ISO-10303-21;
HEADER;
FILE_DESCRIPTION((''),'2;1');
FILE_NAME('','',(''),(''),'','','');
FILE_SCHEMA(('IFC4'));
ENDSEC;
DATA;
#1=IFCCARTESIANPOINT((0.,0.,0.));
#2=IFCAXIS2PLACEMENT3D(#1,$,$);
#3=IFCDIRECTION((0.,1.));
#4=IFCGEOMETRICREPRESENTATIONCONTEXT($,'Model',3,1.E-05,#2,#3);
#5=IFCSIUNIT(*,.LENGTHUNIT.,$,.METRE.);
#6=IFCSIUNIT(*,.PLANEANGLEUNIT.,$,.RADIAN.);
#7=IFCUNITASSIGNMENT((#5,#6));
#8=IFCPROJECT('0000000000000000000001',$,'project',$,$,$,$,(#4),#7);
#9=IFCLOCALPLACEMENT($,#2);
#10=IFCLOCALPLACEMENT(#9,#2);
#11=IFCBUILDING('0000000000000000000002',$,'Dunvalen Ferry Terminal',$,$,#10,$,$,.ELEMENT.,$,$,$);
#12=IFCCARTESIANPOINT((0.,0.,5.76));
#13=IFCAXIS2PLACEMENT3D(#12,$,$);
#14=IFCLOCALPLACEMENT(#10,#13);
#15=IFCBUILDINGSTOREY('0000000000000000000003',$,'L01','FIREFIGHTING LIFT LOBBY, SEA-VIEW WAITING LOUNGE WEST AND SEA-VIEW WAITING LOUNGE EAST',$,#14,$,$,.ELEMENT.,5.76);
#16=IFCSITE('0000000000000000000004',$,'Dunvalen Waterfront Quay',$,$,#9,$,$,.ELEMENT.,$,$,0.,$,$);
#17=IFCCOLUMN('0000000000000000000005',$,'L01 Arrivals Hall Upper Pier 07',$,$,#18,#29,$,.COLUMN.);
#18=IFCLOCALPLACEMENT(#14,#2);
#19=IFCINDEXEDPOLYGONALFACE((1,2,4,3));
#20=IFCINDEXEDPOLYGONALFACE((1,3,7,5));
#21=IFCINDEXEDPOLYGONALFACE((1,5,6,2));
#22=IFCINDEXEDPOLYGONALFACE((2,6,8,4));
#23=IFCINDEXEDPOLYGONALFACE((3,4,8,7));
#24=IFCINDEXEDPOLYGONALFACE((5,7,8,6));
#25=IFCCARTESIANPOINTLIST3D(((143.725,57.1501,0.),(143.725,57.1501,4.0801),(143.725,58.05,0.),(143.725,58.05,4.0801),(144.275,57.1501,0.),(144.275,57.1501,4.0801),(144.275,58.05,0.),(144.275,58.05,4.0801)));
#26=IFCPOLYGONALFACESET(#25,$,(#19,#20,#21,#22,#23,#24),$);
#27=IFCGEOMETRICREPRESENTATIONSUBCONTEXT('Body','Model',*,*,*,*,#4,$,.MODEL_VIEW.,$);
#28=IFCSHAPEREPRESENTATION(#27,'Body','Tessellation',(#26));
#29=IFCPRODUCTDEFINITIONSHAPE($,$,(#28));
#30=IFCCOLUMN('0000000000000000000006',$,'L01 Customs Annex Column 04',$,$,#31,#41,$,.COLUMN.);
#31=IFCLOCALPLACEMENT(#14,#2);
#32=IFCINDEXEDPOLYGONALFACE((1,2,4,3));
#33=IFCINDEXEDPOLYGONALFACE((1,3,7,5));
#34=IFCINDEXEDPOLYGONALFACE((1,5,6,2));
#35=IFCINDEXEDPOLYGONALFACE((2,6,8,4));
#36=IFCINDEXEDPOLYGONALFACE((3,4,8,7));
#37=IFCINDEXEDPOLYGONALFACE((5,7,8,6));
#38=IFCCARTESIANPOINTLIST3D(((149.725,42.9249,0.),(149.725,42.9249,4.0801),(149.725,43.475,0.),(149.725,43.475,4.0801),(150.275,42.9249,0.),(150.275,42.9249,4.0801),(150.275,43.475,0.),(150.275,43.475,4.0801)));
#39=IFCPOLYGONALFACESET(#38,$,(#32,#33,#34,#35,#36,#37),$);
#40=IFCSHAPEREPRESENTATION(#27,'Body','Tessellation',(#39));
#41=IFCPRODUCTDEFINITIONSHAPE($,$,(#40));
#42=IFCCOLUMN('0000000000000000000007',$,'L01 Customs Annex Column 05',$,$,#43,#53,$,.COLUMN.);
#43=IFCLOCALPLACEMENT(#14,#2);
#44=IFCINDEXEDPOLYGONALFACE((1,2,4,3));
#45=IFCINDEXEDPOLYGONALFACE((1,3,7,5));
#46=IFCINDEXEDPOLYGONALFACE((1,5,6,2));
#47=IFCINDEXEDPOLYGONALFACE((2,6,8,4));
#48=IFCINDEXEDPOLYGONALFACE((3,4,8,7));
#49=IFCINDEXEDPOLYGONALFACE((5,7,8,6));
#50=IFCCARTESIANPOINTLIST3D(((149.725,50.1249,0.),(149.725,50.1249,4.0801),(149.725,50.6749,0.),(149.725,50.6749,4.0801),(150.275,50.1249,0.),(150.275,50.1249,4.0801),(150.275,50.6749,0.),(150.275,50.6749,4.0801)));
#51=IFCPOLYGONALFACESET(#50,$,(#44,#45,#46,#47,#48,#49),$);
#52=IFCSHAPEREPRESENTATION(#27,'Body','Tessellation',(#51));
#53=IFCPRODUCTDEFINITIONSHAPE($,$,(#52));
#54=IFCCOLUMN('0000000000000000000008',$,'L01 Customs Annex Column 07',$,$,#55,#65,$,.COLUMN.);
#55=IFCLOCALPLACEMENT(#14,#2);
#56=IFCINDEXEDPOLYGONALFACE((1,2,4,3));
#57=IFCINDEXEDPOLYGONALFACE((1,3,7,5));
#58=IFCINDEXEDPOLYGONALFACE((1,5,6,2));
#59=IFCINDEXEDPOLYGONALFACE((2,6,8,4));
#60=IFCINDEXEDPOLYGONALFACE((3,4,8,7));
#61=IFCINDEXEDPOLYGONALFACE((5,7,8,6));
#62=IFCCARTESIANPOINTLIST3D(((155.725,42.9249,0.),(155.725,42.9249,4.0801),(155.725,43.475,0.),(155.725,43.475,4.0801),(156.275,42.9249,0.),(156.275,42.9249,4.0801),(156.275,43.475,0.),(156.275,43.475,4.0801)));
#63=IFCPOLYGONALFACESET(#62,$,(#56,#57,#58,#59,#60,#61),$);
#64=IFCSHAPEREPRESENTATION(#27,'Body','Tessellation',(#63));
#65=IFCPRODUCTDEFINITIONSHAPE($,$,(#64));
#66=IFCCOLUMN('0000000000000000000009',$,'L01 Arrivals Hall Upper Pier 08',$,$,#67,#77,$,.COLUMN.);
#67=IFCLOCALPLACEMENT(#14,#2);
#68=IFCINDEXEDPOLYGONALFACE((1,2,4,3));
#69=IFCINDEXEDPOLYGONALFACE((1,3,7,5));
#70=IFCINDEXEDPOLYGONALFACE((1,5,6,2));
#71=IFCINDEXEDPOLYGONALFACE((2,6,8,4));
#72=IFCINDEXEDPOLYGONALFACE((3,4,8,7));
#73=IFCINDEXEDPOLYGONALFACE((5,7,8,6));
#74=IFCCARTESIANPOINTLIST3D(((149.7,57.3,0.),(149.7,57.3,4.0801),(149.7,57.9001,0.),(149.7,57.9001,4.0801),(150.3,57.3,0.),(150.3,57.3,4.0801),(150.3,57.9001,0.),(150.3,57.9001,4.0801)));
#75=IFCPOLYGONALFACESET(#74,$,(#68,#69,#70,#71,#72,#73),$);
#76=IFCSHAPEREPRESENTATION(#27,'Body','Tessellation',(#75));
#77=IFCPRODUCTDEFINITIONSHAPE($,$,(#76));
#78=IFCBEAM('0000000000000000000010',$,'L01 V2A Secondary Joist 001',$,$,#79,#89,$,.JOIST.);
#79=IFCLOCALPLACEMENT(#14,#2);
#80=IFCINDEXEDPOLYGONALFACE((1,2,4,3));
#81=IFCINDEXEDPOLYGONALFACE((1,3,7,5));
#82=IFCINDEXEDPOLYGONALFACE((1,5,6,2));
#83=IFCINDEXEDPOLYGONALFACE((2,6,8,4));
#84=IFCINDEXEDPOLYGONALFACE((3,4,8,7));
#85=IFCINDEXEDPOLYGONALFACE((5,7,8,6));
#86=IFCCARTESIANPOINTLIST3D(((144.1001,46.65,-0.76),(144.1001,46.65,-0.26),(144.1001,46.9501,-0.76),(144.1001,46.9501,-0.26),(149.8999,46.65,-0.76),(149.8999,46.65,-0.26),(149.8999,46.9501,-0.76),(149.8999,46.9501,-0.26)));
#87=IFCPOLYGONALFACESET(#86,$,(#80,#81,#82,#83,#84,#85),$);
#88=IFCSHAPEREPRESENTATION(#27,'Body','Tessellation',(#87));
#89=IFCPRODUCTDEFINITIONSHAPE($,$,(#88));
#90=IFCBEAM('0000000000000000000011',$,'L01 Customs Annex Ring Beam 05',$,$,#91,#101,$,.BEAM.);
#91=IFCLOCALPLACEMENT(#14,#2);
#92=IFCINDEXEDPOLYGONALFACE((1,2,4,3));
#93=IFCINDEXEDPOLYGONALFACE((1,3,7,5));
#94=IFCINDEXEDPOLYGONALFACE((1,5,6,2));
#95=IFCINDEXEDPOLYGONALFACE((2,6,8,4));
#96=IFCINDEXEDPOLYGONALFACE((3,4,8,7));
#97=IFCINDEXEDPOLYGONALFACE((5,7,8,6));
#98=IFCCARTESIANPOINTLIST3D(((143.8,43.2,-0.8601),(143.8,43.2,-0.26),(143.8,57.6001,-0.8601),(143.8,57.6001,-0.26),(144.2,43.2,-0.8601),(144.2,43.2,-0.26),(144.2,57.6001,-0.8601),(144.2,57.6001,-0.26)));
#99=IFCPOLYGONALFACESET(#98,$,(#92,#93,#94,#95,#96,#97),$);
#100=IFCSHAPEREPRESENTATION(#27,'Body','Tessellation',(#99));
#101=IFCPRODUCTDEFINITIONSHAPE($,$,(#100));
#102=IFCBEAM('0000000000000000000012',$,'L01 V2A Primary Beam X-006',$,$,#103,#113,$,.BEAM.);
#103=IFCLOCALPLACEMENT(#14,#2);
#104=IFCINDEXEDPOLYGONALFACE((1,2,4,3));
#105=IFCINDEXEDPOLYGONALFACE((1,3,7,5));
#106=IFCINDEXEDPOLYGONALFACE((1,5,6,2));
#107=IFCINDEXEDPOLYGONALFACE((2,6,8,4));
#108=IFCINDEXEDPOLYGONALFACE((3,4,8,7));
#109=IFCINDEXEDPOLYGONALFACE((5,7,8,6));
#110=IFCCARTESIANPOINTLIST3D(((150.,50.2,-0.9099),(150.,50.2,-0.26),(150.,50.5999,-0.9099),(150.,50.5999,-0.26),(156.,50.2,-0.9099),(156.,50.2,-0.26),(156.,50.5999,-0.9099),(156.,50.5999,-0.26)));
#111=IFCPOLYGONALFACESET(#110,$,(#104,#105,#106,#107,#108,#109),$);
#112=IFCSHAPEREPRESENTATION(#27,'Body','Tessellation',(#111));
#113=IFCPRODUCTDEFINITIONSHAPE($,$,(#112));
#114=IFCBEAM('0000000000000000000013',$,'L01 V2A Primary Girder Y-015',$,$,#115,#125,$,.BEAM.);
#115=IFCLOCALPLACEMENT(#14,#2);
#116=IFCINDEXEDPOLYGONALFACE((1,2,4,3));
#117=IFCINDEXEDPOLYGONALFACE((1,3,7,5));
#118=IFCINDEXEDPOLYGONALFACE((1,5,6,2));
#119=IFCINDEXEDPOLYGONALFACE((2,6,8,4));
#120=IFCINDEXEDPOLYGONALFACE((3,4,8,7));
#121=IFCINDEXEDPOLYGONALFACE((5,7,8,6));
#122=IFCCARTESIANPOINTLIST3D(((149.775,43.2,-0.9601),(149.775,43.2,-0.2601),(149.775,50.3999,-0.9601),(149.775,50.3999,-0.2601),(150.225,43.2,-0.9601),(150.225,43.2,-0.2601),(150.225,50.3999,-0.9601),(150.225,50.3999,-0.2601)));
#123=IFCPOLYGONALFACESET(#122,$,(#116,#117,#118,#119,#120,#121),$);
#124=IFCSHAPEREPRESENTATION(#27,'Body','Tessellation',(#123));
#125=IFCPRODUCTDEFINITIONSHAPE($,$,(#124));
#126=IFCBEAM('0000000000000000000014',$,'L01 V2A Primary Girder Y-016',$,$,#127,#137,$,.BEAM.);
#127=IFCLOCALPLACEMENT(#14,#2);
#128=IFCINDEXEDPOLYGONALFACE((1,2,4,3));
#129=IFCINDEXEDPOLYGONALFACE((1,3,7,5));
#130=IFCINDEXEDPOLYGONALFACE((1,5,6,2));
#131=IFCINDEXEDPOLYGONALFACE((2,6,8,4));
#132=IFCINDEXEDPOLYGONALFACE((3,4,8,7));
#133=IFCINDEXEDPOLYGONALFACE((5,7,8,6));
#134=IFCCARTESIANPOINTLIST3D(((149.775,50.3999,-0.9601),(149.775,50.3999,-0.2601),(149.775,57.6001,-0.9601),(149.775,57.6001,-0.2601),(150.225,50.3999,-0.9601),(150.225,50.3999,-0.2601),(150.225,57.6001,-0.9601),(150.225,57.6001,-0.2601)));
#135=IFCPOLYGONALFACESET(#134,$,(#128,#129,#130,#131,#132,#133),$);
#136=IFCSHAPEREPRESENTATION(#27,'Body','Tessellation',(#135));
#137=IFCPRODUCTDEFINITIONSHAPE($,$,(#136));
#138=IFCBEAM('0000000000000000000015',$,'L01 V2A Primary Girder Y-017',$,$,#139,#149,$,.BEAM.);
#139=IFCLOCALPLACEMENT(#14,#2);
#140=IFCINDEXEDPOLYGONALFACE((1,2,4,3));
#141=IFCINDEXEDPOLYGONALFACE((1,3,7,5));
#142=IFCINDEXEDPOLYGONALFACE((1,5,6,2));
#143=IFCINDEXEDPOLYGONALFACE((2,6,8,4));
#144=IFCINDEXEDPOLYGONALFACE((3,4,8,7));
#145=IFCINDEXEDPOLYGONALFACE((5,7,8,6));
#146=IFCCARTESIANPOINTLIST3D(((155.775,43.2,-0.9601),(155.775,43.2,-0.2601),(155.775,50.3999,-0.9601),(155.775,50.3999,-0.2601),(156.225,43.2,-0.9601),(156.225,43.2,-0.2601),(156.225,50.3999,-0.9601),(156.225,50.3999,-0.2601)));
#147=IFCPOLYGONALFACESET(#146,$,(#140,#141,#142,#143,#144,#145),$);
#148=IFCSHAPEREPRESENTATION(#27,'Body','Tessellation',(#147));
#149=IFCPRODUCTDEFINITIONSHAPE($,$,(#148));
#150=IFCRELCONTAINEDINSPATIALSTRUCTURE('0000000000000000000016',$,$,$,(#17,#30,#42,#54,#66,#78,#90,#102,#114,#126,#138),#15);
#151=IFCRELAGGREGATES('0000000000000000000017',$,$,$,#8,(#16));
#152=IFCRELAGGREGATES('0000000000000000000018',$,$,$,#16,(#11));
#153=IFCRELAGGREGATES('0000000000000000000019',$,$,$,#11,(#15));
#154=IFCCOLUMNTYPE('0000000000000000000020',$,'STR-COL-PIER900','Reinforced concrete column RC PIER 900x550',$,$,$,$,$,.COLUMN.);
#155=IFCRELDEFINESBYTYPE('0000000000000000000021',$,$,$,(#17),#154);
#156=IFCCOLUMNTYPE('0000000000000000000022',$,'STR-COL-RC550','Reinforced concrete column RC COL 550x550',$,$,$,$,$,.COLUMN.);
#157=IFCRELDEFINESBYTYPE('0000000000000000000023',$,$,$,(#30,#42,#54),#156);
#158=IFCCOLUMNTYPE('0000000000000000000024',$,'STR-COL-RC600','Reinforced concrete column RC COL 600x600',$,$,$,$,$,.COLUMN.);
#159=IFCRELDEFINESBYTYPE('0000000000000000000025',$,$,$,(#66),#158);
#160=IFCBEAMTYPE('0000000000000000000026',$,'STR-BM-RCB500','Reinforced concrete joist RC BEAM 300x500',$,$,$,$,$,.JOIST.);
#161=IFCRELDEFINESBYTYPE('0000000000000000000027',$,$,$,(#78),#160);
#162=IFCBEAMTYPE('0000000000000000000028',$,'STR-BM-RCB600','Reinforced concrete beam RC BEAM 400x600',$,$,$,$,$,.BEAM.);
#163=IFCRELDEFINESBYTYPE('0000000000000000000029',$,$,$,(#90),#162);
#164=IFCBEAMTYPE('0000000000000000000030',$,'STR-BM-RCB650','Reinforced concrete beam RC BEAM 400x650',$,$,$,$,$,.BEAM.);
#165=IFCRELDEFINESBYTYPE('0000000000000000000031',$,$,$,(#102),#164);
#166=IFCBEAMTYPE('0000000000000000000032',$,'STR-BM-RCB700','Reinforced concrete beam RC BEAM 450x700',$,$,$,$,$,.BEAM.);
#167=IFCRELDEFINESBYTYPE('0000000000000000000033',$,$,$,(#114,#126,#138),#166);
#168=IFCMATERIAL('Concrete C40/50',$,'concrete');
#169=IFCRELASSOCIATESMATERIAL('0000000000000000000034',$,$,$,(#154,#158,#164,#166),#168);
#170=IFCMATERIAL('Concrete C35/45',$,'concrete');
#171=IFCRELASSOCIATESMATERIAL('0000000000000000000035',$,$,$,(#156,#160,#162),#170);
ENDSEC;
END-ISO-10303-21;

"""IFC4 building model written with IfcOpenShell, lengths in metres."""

from ifc_helpers import new_model, si_unit, direction, frame, origin, origin_2d, place, context, subcontext, project, spatial, rectangle, extrude, material, material_profile, profile_set, type_object, element, save


model = new_model("IFC4")

# Units and contexts
model_context = context("Model", 3, precision=1e-05, world=origin(), true_north=direction((0.0, 1.0)))
body_context = subcontext(model_context, "Body", "Model", "MODEL_VIEW")
ifc_project = project(units=[si_unit("LENGTHUNIT", "METRE"), si_unit("PLANEANGLEUNIT", "RADIAN")], contexts=[model_context])

# Site, building, storey
site_placement = place(None, origin())
site = spatial("IfcSite", under=ifc_project, at=site_placement, Name="Dunvalen Waterfront Quay", CompositionType="ELEMENT", RefElevation=0.0)
building_placement = place(site_placement, origin())
building = spatial("IfcBuilding", under=site, at=building_placement, Name="Dunvalen Ferry Terminal", CompositionType="ELEMENT")
storey_placement = place(building_placement, frame((0.0, 0.0, 5.76)))
storey = spatial("IfcBuildingStorey", under=building, at=storey_placement, Name="L01", Description="FIREFIGHTING LIFT LOBBY, SEA-VIEW WAITING LOUNGE WEST AND SEA-VIEW WAITING LOUNGE EAST", CompositionType="ELEMENT", Elevation=5.76)

# Columns
ifc_material_1 = material(Name="Concrete C40/50", Category="concrete")
ifc_material_profile_1 = material_profile(ifc_material_1, rectangle(XDim=0.55, YDim=0.8999, at=origin_2d()), Name="Concrete C40/50")
ifc_profile_set_1 = profile_set([ifc_material_profile_1], Name="Concrete C40/50")
column_type_1 = type_object("IfcColumnType", Name="STR-COL-PIER900", Description="Reinforced concrete column RC PIER 900x550", PredefinedType="COLUMN", material=ifc_profile_set_1)
column_1_placement = place(storey_placement, frame((144.0, 57.6001, 0.0), z_axis=(0.0, 0.0, 1.0), x_axis=(1.0, 0.0, 0.0)))
element("IfcColumn", 1, at=column_1_placement, inside=storey, type_object=column_type_1, Name="L01 Arrivals Hall Upper Pier 07", PredefinedType="COLUMN", context=body_context, shape_type="SweptSolid", body=[
    extrude(rectangle(XDim=0.55, YDim=0.8999, at=origin_2d()), origin(), (0.0, 0.0, 1.0), 4.0801),
])
ifc_material_2 = material(Name="Concrete C35/45", Category="concrete")
ifc_material_profile_2 = material_profile(ifc_material_2, rectangle(XDim=0.55, YDim=0.55, at=origin_2d()), Name="Concrete C35/45")
ifc_profile_set_2 = profile_set([ifc_material_profile_2], Name="Concrete C35/45")
column_type_2 = type_object("IfcColumnType", Name="STR-COL-RC550", Description="Reinforced concrete column RC COL 550x550", PredefinedType="COLUMN", material=ifc_profile_set_2)
for number, where, z_axis, x_axis, name in (
    (2, (150.0, 43.2, 0.0), (0.0, 0.0, 1.0), (1.0, 0.0, 0.0), "L01 Customs Annex Column 04"),
    (3, (150.0, 50.3999, 0.0), (0.0, 0.0, 1.0), (1.0, 0.0, 0.0), "L01 Customs Annex Column 05"),
    (4, (156.0, 43.2, 0.0), (0.0, 0.0, 1.0), (1.0, 0.0, 0.0), "L01 Customs Annex Column 07"),
):
    element("IfcColumn", number, at=place(storey_placement, frame(where, z_axis=z_axis, x_axis=x_axis)), inside=storey, type_object=column_type_2, Name=name, PredefinedType="COLUMN", context=body_context, shape_type="SweptSolid", body=[
        extrude(rectangle(XDim=0.55, YDim=0.55, at=origin_2d()), origin(), (0.0, 0.0, 1.0), 4.0801),
    ])
ifc_material_profile_3 = material_profile(ifc_material_1, rectangle(XDim=0.6001, YDim=0.6001, at=origin_2d()), Name="Concrete C40/50")
ifc_profile_set_3 = profile_set([ifc_material_profile_3], Name="Concrete C40/50")
column_type_3 = type_object("IfcColumnType", Name="STR-COL-RC600", Description="Reinforced concrete column RC COL 600x600", PredefinedType="COLUMN", material=ifc_profile_set_3)
column_2_placement = place(storey_placement, frame((150.0, 57.6001, 0.0), z_axis=(0.0, 0.0, 1.0), x_axis=(1.0, 0.0, 0.0)))
element("IfcColumn", 5, at=column_2_placement, inside=storey, type_object=column_type_3, Name="L01 Arrivals Hall Upper Pier 08", PredefinedType="COLUMN", context=body_context, shape_type="SweptSolid", body=[
    extrude(rectangle(XDim=0.6001, YDim=0.6001, at=origin_2d()), origin(), (0.0, 0.0, 1.0), 4.0801),
])

# Beams
ifc_material_profile_4 = material_profile(ifc_material_2, rectangle(XDim=0.3, YDim=0.5, at=origin_2d()), Name="Concrete C35/45")
ifc_profile_set_4 = profile_set([ifc_material_profile_4], Name="Concrete C35/45")
beam_type_1 = type_object("IfcBeamType", Name="STR-BM-RCB500", Description="Reinforced concrete joist RC BEAM 300x500", PredefinedType="JOIST", material=ifc_profile_set_4)
beam_1_placement = place(storey_placement, frame((144.1001, 46.8, -0.51), z_axis=(1.0, 0.0, 0.0), x_axis=(0.0, 1.0, 0.0)))
element("IfcBeam", 6, at=beam_1_placement, inside=storey, type_object=beam_type_1, Name="L01 V2A Secondary Joist 001", PredefinedType="JOIST", context=body_context, shape_type="SweptSolid", body=[
    extrude(rectangle(XDim=0.3, YDim=0.5, at=origin_2d()), origin(), (0.0, 0.0, 1.0), 5.7998),
])
ifc_material_profile_5 = material_profile(ifc_material_2, rectangle(XDim=0.3999, YDim=0.6001, at=origin_2d()), Name="Concrete C35/45")
ifc_profile_set_5 = profile_set([ifc_material_profile_5], Name="Concrete C35/45")
beam_type_2 = type_object("IfcBeamType", Name="STR-BM-RCB600", Description="Reinforced concrete beam RC BEAM 400x600", PredefinedType="BEAM", material=ifc_profile_set_5)
beam_2_placement = place(storey_placement, frame((144.0, 57.6001, -0.5601), z_axis=(0.0, -1.0, 0.0), x_axis=(1.0, 0.0, 0.0)))
element("IfcBeam", 7, at=beam_2_placement, inside=storey, type_object=beam_type_2, Name="L01 Customs Annex Ring Beam 05", PredefinedType="BEAM", context=body_context, shape_type="SweptSolid", body=[
    extrude(rectangle(XDim=0.3999, YDim=0.6001, at=origin_2d()), origin(), (0.0, 0.0, 1.0), 14.4001),
])
ifc_material_profile_6 = material_profile(ifc_material_1, rectangle(XDim=0.3999, YDim=0.6499, at=origin_2d()), Name="Concrete C40/50")
ifc_profile_set_6 = profile_set([ifc_material_profile_6], Name="Concrete C40/50")
beam_type_3 = type_object("IfcBeamType", Name="STR-BM-RCB650", Description="Reinforced concrete beam RC BEAM 400x650", PredefinedType="BEAM", material=ifc_profile_set_6)
beam_3_placement = place(storey_placement, frame((150.0, 50.3999, -0.585), z_axis=(1.0, 0.0, 0.0), x_axis=(0.0, 1.0, 0.0)))
element("IfcBeam", 8, at=beam_3_placement, inside=storey, type_object=beam_type_3, Name="L01 V2A Primary Beam X-006", PredefinedType="BEAM", context=body_context, shape_type="SweptSolid", body=[
    extrude(rectangle(XDim=0.3999, YDim=0.6499, at=origin_2d()), origin(), (0.0, 0.0, 1.0), 6.0),
])
ifc_material_profile_7 = material_profile(ifc_material_1, rectangle(XDim=0.45, YDim=0.7, at=origin_2d()), Name="Concrete C40/50")
ifc_profile_set_7 = profile_set([ifc_material_profile_7], Name="Concrete C40/50")
beam_type_4 = type_object("IfcBeamType", Name="STR-BM-RCB700", Description="Reinforced concrete beam RC BEAM 450x700", PredefinedType="BEAM", material=ifc_profile_set_7)
beam_4_placement = place(storey_placement, frame((150.0, 43.2, -0.6101), z_axis=(0.0, 1.0, 0.0), x_axis=(-1.0, 0.0, 0.0)))
element("IfcBeam", 9, at=beam_4_placement, inside=storey, type_object=beam_type_4, Name="L01 V2A Primary Girder Y-015", PredefinedType="BEAM", context=body_context, shape_type="SweptSolid", body=[
    extrude(rectangle(XDim=0.45, YDim=0.7, at=origin_2d()), origin(), (0.0, 0.0, 1.0), 7.2),
])
beam_5_placement = place(storey_placement, frame((150.0, 50.3999, -0.6101), z_axis=(0.0, 1.0, 0.0), x_axis=(-1.0, 0.0, 0.0)))
element("IfcBeam", 10, at=beam_5_placement, inside=storey, type_object=beam_type_4, Name="L01 V2A Primary Girder Y-016", PredefinedType="BEAM", context=body_context, shape_type="SweptSolid", body=[
    extrude(rectangle(XDim=0.45, YDim=0.7, at=origin_2d()), origin(), (0.0, 0.0, 1.0), 7.2002),
])
beam_6_placement = place(storey_placement, frame((156.0, 43.2, -0.6101), z_axis=(0.0, 1.0, 0.0), x_axis=(-1.0, 0.0, 0.0)))
element("IfcBeam", 11, at=beam_6_placement, inside=storey, type_object=beam_type_4, Name="L01 V2A Primary Girder Y-017", PredefinedType="BEAM", context=body_context, shape_type="SweptSolid", body=[
    extrude(rectangle(XDim=0.45, YDim=0.7, at=origin_2d()), origin(), (0.0, 0.0, 1.0), 7.2),
])

save(model, "model.ifc")
